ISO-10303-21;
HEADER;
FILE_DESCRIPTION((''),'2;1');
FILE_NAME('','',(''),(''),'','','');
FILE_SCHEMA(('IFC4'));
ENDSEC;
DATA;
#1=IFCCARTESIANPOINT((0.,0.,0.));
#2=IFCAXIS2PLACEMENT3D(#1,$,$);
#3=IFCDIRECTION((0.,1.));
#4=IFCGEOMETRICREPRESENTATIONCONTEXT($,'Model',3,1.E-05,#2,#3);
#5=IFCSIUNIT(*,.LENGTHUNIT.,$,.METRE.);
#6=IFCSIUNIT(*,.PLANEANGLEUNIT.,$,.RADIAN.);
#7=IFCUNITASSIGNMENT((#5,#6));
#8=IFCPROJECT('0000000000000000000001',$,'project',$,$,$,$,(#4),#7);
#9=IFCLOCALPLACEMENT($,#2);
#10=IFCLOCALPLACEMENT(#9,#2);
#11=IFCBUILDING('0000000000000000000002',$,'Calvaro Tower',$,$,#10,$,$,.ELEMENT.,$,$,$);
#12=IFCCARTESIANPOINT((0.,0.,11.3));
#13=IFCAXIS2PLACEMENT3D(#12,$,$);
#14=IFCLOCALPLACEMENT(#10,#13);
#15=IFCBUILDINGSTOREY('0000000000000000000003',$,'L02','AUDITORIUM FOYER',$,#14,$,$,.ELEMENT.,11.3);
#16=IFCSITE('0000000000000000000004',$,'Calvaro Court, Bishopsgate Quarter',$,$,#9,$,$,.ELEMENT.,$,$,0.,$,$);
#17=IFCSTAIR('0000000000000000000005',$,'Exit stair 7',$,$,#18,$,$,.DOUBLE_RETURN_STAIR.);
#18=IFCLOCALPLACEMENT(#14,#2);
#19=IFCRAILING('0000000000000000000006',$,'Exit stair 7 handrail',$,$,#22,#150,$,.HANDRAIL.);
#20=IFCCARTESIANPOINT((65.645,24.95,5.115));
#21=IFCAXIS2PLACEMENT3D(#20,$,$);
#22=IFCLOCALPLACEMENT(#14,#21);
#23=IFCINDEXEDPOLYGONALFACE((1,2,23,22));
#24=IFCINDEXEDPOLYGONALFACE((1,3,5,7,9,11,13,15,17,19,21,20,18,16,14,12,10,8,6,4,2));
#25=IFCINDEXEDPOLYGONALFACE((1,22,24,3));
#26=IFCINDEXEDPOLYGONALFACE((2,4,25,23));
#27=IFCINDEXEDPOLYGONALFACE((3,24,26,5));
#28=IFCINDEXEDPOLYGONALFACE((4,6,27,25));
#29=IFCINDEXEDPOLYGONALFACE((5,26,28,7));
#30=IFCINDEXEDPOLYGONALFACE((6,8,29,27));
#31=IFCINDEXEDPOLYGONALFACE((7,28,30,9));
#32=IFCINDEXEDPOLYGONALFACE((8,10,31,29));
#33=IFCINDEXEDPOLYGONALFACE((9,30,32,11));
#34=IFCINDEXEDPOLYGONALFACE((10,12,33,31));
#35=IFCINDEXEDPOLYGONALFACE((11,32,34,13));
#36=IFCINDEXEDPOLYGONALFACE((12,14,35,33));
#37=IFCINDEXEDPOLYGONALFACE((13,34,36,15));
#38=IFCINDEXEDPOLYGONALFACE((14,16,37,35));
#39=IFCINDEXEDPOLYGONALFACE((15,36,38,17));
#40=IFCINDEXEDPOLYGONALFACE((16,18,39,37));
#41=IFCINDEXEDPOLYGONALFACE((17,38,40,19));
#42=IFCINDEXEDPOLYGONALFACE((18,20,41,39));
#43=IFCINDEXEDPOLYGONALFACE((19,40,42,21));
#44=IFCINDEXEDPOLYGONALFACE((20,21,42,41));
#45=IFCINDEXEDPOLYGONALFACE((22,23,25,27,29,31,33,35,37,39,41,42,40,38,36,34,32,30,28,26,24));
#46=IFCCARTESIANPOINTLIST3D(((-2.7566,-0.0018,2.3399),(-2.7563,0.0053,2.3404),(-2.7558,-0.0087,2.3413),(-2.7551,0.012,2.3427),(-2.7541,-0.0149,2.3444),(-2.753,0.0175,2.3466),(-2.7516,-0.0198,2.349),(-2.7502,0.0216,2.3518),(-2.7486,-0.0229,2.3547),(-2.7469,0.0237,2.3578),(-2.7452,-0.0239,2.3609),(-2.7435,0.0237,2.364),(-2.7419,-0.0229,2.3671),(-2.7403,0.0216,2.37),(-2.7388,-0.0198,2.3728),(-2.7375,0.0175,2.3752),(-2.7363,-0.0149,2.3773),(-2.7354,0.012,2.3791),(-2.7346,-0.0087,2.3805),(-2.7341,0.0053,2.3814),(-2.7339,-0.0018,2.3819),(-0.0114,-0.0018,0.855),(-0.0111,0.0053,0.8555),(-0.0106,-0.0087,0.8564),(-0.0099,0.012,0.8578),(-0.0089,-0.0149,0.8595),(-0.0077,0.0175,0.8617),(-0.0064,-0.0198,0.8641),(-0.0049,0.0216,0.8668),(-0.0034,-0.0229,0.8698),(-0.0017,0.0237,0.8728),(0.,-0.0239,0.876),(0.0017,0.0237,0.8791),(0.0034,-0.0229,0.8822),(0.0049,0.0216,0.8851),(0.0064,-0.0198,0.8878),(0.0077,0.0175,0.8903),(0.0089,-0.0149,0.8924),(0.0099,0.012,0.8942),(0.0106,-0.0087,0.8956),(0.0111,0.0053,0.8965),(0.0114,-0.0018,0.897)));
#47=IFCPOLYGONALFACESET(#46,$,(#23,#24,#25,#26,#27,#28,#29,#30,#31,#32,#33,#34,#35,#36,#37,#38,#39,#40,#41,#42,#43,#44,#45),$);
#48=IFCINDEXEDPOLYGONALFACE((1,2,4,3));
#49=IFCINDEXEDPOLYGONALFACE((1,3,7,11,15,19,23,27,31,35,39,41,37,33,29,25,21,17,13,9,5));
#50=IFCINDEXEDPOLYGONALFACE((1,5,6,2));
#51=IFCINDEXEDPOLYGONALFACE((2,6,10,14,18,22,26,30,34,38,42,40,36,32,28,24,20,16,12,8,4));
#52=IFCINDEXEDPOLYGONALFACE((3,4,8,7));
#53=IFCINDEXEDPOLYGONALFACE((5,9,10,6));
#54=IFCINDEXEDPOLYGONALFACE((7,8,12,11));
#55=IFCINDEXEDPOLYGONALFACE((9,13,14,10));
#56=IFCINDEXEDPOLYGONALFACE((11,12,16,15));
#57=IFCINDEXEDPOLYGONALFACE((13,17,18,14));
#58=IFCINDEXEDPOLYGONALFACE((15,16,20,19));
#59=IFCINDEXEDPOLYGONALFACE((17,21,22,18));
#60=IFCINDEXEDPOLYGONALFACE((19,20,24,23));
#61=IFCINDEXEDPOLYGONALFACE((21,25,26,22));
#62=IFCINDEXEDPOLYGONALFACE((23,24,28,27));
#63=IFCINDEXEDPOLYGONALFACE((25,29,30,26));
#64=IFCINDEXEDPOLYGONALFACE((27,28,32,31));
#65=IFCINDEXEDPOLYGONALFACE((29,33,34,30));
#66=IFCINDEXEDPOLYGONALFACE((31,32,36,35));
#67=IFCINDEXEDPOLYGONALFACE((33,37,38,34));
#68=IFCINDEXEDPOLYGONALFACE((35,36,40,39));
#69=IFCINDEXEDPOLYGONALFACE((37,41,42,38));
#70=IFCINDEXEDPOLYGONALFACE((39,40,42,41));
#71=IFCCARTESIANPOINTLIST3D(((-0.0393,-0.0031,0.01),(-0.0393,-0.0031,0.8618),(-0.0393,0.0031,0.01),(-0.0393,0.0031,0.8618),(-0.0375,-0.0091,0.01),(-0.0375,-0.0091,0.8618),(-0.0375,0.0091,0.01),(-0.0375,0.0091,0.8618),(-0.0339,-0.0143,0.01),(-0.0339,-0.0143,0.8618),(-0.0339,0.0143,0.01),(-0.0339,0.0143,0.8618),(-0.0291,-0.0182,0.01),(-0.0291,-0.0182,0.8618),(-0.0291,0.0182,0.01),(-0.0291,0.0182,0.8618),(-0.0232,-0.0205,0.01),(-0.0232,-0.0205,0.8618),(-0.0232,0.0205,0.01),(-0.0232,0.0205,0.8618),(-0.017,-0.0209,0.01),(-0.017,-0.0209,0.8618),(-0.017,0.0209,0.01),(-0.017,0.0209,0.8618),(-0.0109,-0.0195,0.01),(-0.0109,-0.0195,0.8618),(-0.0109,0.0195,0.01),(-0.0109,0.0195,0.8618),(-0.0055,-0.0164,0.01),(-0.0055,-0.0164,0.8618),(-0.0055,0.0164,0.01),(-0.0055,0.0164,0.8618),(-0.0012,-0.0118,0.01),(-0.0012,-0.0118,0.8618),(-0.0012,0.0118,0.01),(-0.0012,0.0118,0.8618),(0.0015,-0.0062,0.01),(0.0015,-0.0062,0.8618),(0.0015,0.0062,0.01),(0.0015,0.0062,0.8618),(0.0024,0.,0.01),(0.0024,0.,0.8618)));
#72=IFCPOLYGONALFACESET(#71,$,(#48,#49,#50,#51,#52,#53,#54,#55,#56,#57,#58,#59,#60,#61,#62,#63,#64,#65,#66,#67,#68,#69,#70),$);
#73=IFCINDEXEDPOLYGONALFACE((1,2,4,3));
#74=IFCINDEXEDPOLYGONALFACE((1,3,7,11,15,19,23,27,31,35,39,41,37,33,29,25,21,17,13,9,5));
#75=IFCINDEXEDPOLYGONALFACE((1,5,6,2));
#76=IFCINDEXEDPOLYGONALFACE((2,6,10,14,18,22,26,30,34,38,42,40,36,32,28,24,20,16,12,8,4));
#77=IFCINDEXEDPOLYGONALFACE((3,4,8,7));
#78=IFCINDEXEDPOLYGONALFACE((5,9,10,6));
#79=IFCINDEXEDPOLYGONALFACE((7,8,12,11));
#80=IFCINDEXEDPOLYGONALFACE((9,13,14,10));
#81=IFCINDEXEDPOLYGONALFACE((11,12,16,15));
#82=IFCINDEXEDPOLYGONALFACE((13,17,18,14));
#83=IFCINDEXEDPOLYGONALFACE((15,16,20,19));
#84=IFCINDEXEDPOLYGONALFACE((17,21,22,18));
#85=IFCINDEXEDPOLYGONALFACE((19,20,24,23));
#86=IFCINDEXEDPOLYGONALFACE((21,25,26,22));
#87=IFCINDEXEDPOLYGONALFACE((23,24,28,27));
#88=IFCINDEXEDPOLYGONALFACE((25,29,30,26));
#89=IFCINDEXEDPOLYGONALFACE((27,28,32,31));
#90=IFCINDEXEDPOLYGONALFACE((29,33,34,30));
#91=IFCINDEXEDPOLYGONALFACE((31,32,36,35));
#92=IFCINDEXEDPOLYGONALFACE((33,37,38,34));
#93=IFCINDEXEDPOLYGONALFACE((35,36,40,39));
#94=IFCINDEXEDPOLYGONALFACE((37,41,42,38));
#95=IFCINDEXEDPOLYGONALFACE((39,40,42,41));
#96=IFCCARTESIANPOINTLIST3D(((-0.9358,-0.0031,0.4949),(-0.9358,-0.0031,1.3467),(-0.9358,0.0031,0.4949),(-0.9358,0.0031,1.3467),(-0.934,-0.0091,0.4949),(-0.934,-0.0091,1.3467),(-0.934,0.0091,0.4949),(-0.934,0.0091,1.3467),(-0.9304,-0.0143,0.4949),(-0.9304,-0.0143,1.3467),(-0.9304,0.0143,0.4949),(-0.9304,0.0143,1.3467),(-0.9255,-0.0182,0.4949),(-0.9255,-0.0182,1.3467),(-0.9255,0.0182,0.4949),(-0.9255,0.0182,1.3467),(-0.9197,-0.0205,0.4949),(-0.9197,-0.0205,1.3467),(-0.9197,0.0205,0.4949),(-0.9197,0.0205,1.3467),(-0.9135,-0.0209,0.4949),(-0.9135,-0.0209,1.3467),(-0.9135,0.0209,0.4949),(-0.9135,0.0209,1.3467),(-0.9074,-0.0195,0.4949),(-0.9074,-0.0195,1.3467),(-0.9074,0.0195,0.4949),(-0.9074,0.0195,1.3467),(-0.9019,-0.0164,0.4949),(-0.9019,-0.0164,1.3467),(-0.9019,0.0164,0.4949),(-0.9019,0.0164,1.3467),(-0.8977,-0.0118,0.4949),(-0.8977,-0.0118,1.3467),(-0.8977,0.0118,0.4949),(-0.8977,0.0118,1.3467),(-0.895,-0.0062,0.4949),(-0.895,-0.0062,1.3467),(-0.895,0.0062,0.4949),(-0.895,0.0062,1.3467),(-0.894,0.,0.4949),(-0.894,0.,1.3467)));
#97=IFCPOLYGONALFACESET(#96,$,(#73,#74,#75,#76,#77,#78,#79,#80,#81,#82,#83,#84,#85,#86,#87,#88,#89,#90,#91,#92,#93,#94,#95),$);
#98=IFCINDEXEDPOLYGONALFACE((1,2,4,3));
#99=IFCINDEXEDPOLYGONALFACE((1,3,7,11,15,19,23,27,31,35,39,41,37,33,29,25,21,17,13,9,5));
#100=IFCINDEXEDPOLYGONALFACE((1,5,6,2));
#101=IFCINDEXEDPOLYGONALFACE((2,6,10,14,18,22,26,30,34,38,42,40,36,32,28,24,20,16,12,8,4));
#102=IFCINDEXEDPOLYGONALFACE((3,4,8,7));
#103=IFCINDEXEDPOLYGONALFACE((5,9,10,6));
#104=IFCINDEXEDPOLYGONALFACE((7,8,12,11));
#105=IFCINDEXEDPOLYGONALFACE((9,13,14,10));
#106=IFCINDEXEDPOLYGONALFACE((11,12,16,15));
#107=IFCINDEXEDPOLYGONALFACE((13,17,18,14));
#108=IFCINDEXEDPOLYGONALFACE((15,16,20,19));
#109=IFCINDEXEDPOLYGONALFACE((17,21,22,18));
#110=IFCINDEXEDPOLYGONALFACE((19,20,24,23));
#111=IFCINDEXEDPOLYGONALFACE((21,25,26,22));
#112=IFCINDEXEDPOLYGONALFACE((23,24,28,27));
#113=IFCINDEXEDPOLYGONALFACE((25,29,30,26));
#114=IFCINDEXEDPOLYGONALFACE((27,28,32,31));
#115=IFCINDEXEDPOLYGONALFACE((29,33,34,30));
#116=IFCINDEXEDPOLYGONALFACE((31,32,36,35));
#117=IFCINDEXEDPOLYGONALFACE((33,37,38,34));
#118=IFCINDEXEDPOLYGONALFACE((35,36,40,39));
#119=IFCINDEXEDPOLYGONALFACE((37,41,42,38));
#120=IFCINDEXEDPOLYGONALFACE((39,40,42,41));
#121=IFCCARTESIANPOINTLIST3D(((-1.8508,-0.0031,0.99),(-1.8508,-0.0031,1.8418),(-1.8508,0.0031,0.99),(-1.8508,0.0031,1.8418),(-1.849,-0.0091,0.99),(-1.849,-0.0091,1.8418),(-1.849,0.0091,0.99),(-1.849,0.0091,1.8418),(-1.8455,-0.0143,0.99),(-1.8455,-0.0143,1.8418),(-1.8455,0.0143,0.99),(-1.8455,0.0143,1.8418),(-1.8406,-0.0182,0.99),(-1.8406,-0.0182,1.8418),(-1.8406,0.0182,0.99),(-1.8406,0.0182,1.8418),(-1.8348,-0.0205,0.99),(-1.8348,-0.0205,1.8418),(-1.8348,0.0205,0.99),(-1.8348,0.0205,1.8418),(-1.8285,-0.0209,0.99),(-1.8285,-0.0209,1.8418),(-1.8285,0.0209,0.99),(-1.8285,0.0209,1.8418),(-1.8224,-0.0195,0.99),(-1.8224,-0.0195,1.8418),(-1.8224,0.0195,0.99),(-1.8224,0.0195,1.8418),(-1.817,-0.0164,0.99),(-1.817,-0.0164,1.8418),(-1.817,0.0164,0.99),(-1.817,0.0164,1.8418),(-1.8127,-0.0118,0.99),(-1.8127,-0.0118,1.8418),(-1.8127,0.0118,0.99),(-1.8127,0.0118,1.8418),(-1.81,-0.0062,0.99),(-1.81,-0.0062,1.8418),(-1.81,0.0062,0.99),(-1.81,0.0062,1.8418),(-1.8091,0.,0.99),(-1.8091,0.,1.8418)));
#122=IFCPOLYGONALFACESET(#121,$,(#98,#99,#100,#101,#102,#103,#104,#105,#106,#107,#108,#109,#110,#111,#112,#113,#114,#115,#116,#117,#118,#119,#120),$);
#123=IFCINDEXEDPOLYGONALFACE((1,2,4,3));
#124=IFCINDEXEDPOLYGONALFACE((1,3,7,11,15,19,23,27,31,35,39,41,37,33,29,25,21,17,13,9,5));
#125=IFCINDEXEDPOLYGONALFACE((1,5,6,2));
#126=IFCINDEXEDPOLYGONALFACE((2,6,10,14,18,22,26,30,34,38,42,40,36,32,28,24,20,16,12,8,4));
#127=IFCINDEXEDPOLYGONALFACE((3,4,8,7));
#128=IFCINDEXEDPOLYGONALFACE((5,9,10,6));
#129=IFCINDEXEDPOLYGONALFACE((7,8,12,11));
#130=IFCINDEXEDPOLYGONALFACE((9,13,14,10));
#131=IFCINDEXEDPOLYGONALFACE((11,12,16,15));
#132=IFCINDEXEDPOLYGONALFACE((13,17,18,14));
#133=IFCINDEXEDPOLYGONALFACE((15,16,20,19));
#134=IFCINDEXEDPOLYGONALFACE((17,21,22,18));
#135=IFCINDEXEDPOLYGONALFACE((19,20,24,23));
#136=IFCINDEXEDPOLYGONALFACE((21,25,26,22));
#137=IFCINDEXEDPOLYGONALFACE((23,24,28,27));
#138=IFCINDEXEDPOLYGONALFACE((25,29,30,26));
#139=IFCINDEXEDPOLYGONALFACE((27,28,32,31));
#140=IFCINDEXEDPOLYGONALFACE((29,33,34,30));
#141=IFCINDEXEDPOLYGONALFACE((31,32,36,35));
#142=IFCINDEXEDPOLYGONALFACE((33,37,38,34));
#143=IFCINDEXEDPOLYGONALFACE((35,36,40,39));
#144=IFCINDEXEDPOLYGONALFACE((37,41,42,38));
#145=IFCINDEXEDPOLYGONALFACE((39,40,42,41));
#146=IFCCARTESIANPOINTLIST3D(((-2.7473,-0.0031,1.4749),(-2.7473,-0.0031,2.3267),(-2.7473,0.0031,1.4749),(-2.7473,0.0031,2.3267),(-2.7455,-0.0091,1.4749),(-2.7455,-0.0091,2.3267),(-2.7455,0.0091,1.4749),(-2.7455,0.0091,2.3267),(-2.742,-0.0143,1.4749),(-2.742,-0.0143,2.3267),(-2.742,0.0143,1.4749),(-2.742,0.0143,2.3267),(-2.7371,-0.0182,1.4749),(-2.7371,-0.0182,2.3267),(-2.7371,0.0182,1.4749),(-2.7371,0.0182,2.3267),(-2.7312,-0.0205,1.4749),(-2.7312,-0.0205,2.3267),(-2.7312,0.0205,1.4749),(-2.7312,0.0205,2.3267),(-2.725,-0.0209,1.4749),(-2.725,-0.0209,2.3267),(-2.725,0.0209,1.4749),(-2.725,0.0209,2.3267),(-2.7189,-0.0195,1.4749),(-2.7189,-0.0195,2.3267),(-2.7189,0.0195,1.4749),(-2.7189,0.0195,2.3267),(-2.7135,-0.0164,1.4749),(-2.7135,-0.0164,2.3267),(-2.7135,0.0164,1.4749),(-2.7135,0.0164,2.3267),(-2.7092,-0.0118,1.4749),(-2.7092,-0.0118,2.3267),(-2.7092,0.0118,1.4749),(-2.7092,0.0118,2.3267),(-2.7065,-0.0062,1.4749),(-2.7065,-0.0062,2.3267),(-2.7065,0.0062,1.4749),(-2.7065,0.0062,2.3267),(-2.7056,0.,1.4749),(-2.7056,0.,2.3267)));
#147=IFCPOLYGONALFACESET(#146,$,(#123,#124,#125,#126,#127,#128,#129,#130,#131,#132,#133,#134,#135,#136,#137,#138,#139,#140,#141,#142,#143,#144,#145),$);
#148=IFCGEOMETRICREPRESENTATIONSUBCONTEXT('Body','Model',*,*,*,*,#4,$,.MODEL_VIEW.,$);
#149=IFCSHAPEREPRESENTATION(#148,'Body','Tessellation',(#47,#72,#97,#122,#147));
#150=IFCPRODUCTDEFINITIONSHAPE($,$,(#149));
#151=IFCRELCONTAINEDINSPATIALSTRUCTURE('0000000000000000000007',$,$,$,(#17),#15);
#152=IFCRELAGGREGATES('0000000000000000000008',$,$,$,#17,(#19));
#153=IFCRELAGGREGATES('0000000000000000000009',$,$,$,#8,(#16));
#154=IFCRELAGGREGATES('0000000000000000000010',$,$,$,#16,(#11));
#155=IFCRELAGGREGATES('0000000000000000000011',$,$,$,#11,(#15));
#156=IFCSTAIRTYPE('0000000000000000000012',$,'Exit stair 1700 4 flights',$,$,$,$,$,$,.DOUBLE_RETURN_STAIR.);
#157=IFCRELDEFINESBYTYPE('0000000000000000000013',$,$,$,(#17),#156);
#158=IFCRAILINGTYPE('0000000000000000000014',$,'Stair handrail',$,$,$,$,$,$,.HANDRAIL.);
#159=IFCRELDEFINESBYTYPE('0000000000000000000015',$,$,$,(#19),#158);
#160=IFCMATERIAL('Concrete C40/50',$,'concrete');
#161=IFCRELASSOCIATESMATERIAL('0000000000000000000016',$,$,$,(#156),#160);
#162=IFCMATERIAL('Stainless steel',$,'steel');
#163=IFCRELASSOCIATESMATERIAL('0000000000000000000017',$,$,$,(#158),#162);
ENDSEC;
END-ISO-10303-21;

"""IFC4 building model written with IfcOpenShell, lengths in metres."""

from ifc_helpers import new_model, si_unit, direction, frame, origin, origin_2d, place, context, subcontext, project, spatial, circle, extrude, material, type_object, element, aggregate, save


model = new_model("IFC4")

# Units and contexts
model_context = context("Model", 3, precision=1e-05, world=origin(), true_north=direction((0.0, 1.0)))
body_context = subcontext(model_context, "Body", "Model", "MODEL_VIEW")
ifc_project = project(units=[si_unit("LENGTHUNIT", "METRE"), si_unit("PLANEANGLEUNIT", "RADIAN")], contexts=[model_context])

# Site, building, storey
site_placement = place(None, origin())
site = spatial("IfcSite", under=ifc_project, at=site_placement, Name="Calvaro Court, Bishopsgate Quarter", CompositionType="ELEMENT", RefElevation=0.0)
building_placement = place(site_placement, origin())
building = spatial("IfcBuilding", under=site, at=building_placement, Name="Calvaro Tower", CompositionType="ELEMENT")
storey_placement = place(building_placement, frame((0.0, 0.0, 11.3)))
storey = spatial("IfcBuildingStorey", under=building, at=storey_placement, Name="L02", Description="AUDITORIUM FOYER", CompositionType="ELEMENT", Elevation=11.3)

# Stair, railing
ifc_material_1 = material(Name="Concrete C40/50", Category="concrete")
stair_type = type_object("IfcStairType", Name="Exit stair 1700 4 flights", PredefinedType="DOUBLE_RETURN_STAIR", material=ifc_material_1)
stair_placement = place(storey_placement, origin())
stair = element("IfcStair", 1, at=stair_placement, inside=storey, type_object=stair_type, Name="Exit stair 7", PredefinedType="DOUBLE_RETURN_STAIR")
ifc_material_2 = material(Name="Stainless steel", Category="steel")
railing_type = type_object("IfcRailingType", Name="Stair handrail", PredefinedType="HANDRAIL", material=ifc_material_2)
railing_1_placement = place(storey_placement, frame((65.645, 24.95, 5.115)))
railing_1 = element("IfcRailing", 2, at=railing_1_placement, type_object=railing_type, Name="Exit stair 7 handrail", PredefinedType="HANDRAIL", context=body_context, shape_type="SweptSolid", body=[
    extrude(circle(Radius=0.0239, at=origin_2d()), frame((0.0, 0.0, 0.876), z_axis=(-0.87957, 0.0, 0.475769), x_axis=(0.0, -1.0, 0.0)), (0.0, 0.0, 1.0), 3.1211),
    extrude(circle(Radius=0.021, at=origin_2d()), frame((-0.0186, 0.0, 0.01)), (0.0, 0.0, 1.0), 0.8518),
    extrude(circle(Radius=0.021, at=origin_2d()), frame((-0.915, 0.0, 0.4949)), (0.0, 0.0, 1.0), 0.8518),
    extrude(circle(Radius=0.021, at=origin_2d()), frame((-1.8301, 0.0, 0.99)), (0.0, 0.0, 1.0), 0.8518),
    extrude(circle(Radius=0.021, at=origin_2d()), frame((-2.7266, 0.0, 1.4749)), (0.0, 0.0, 1.0), 0.8518),
])
aggregate(stair, [railing_1])

save(model, "model.ifc")
